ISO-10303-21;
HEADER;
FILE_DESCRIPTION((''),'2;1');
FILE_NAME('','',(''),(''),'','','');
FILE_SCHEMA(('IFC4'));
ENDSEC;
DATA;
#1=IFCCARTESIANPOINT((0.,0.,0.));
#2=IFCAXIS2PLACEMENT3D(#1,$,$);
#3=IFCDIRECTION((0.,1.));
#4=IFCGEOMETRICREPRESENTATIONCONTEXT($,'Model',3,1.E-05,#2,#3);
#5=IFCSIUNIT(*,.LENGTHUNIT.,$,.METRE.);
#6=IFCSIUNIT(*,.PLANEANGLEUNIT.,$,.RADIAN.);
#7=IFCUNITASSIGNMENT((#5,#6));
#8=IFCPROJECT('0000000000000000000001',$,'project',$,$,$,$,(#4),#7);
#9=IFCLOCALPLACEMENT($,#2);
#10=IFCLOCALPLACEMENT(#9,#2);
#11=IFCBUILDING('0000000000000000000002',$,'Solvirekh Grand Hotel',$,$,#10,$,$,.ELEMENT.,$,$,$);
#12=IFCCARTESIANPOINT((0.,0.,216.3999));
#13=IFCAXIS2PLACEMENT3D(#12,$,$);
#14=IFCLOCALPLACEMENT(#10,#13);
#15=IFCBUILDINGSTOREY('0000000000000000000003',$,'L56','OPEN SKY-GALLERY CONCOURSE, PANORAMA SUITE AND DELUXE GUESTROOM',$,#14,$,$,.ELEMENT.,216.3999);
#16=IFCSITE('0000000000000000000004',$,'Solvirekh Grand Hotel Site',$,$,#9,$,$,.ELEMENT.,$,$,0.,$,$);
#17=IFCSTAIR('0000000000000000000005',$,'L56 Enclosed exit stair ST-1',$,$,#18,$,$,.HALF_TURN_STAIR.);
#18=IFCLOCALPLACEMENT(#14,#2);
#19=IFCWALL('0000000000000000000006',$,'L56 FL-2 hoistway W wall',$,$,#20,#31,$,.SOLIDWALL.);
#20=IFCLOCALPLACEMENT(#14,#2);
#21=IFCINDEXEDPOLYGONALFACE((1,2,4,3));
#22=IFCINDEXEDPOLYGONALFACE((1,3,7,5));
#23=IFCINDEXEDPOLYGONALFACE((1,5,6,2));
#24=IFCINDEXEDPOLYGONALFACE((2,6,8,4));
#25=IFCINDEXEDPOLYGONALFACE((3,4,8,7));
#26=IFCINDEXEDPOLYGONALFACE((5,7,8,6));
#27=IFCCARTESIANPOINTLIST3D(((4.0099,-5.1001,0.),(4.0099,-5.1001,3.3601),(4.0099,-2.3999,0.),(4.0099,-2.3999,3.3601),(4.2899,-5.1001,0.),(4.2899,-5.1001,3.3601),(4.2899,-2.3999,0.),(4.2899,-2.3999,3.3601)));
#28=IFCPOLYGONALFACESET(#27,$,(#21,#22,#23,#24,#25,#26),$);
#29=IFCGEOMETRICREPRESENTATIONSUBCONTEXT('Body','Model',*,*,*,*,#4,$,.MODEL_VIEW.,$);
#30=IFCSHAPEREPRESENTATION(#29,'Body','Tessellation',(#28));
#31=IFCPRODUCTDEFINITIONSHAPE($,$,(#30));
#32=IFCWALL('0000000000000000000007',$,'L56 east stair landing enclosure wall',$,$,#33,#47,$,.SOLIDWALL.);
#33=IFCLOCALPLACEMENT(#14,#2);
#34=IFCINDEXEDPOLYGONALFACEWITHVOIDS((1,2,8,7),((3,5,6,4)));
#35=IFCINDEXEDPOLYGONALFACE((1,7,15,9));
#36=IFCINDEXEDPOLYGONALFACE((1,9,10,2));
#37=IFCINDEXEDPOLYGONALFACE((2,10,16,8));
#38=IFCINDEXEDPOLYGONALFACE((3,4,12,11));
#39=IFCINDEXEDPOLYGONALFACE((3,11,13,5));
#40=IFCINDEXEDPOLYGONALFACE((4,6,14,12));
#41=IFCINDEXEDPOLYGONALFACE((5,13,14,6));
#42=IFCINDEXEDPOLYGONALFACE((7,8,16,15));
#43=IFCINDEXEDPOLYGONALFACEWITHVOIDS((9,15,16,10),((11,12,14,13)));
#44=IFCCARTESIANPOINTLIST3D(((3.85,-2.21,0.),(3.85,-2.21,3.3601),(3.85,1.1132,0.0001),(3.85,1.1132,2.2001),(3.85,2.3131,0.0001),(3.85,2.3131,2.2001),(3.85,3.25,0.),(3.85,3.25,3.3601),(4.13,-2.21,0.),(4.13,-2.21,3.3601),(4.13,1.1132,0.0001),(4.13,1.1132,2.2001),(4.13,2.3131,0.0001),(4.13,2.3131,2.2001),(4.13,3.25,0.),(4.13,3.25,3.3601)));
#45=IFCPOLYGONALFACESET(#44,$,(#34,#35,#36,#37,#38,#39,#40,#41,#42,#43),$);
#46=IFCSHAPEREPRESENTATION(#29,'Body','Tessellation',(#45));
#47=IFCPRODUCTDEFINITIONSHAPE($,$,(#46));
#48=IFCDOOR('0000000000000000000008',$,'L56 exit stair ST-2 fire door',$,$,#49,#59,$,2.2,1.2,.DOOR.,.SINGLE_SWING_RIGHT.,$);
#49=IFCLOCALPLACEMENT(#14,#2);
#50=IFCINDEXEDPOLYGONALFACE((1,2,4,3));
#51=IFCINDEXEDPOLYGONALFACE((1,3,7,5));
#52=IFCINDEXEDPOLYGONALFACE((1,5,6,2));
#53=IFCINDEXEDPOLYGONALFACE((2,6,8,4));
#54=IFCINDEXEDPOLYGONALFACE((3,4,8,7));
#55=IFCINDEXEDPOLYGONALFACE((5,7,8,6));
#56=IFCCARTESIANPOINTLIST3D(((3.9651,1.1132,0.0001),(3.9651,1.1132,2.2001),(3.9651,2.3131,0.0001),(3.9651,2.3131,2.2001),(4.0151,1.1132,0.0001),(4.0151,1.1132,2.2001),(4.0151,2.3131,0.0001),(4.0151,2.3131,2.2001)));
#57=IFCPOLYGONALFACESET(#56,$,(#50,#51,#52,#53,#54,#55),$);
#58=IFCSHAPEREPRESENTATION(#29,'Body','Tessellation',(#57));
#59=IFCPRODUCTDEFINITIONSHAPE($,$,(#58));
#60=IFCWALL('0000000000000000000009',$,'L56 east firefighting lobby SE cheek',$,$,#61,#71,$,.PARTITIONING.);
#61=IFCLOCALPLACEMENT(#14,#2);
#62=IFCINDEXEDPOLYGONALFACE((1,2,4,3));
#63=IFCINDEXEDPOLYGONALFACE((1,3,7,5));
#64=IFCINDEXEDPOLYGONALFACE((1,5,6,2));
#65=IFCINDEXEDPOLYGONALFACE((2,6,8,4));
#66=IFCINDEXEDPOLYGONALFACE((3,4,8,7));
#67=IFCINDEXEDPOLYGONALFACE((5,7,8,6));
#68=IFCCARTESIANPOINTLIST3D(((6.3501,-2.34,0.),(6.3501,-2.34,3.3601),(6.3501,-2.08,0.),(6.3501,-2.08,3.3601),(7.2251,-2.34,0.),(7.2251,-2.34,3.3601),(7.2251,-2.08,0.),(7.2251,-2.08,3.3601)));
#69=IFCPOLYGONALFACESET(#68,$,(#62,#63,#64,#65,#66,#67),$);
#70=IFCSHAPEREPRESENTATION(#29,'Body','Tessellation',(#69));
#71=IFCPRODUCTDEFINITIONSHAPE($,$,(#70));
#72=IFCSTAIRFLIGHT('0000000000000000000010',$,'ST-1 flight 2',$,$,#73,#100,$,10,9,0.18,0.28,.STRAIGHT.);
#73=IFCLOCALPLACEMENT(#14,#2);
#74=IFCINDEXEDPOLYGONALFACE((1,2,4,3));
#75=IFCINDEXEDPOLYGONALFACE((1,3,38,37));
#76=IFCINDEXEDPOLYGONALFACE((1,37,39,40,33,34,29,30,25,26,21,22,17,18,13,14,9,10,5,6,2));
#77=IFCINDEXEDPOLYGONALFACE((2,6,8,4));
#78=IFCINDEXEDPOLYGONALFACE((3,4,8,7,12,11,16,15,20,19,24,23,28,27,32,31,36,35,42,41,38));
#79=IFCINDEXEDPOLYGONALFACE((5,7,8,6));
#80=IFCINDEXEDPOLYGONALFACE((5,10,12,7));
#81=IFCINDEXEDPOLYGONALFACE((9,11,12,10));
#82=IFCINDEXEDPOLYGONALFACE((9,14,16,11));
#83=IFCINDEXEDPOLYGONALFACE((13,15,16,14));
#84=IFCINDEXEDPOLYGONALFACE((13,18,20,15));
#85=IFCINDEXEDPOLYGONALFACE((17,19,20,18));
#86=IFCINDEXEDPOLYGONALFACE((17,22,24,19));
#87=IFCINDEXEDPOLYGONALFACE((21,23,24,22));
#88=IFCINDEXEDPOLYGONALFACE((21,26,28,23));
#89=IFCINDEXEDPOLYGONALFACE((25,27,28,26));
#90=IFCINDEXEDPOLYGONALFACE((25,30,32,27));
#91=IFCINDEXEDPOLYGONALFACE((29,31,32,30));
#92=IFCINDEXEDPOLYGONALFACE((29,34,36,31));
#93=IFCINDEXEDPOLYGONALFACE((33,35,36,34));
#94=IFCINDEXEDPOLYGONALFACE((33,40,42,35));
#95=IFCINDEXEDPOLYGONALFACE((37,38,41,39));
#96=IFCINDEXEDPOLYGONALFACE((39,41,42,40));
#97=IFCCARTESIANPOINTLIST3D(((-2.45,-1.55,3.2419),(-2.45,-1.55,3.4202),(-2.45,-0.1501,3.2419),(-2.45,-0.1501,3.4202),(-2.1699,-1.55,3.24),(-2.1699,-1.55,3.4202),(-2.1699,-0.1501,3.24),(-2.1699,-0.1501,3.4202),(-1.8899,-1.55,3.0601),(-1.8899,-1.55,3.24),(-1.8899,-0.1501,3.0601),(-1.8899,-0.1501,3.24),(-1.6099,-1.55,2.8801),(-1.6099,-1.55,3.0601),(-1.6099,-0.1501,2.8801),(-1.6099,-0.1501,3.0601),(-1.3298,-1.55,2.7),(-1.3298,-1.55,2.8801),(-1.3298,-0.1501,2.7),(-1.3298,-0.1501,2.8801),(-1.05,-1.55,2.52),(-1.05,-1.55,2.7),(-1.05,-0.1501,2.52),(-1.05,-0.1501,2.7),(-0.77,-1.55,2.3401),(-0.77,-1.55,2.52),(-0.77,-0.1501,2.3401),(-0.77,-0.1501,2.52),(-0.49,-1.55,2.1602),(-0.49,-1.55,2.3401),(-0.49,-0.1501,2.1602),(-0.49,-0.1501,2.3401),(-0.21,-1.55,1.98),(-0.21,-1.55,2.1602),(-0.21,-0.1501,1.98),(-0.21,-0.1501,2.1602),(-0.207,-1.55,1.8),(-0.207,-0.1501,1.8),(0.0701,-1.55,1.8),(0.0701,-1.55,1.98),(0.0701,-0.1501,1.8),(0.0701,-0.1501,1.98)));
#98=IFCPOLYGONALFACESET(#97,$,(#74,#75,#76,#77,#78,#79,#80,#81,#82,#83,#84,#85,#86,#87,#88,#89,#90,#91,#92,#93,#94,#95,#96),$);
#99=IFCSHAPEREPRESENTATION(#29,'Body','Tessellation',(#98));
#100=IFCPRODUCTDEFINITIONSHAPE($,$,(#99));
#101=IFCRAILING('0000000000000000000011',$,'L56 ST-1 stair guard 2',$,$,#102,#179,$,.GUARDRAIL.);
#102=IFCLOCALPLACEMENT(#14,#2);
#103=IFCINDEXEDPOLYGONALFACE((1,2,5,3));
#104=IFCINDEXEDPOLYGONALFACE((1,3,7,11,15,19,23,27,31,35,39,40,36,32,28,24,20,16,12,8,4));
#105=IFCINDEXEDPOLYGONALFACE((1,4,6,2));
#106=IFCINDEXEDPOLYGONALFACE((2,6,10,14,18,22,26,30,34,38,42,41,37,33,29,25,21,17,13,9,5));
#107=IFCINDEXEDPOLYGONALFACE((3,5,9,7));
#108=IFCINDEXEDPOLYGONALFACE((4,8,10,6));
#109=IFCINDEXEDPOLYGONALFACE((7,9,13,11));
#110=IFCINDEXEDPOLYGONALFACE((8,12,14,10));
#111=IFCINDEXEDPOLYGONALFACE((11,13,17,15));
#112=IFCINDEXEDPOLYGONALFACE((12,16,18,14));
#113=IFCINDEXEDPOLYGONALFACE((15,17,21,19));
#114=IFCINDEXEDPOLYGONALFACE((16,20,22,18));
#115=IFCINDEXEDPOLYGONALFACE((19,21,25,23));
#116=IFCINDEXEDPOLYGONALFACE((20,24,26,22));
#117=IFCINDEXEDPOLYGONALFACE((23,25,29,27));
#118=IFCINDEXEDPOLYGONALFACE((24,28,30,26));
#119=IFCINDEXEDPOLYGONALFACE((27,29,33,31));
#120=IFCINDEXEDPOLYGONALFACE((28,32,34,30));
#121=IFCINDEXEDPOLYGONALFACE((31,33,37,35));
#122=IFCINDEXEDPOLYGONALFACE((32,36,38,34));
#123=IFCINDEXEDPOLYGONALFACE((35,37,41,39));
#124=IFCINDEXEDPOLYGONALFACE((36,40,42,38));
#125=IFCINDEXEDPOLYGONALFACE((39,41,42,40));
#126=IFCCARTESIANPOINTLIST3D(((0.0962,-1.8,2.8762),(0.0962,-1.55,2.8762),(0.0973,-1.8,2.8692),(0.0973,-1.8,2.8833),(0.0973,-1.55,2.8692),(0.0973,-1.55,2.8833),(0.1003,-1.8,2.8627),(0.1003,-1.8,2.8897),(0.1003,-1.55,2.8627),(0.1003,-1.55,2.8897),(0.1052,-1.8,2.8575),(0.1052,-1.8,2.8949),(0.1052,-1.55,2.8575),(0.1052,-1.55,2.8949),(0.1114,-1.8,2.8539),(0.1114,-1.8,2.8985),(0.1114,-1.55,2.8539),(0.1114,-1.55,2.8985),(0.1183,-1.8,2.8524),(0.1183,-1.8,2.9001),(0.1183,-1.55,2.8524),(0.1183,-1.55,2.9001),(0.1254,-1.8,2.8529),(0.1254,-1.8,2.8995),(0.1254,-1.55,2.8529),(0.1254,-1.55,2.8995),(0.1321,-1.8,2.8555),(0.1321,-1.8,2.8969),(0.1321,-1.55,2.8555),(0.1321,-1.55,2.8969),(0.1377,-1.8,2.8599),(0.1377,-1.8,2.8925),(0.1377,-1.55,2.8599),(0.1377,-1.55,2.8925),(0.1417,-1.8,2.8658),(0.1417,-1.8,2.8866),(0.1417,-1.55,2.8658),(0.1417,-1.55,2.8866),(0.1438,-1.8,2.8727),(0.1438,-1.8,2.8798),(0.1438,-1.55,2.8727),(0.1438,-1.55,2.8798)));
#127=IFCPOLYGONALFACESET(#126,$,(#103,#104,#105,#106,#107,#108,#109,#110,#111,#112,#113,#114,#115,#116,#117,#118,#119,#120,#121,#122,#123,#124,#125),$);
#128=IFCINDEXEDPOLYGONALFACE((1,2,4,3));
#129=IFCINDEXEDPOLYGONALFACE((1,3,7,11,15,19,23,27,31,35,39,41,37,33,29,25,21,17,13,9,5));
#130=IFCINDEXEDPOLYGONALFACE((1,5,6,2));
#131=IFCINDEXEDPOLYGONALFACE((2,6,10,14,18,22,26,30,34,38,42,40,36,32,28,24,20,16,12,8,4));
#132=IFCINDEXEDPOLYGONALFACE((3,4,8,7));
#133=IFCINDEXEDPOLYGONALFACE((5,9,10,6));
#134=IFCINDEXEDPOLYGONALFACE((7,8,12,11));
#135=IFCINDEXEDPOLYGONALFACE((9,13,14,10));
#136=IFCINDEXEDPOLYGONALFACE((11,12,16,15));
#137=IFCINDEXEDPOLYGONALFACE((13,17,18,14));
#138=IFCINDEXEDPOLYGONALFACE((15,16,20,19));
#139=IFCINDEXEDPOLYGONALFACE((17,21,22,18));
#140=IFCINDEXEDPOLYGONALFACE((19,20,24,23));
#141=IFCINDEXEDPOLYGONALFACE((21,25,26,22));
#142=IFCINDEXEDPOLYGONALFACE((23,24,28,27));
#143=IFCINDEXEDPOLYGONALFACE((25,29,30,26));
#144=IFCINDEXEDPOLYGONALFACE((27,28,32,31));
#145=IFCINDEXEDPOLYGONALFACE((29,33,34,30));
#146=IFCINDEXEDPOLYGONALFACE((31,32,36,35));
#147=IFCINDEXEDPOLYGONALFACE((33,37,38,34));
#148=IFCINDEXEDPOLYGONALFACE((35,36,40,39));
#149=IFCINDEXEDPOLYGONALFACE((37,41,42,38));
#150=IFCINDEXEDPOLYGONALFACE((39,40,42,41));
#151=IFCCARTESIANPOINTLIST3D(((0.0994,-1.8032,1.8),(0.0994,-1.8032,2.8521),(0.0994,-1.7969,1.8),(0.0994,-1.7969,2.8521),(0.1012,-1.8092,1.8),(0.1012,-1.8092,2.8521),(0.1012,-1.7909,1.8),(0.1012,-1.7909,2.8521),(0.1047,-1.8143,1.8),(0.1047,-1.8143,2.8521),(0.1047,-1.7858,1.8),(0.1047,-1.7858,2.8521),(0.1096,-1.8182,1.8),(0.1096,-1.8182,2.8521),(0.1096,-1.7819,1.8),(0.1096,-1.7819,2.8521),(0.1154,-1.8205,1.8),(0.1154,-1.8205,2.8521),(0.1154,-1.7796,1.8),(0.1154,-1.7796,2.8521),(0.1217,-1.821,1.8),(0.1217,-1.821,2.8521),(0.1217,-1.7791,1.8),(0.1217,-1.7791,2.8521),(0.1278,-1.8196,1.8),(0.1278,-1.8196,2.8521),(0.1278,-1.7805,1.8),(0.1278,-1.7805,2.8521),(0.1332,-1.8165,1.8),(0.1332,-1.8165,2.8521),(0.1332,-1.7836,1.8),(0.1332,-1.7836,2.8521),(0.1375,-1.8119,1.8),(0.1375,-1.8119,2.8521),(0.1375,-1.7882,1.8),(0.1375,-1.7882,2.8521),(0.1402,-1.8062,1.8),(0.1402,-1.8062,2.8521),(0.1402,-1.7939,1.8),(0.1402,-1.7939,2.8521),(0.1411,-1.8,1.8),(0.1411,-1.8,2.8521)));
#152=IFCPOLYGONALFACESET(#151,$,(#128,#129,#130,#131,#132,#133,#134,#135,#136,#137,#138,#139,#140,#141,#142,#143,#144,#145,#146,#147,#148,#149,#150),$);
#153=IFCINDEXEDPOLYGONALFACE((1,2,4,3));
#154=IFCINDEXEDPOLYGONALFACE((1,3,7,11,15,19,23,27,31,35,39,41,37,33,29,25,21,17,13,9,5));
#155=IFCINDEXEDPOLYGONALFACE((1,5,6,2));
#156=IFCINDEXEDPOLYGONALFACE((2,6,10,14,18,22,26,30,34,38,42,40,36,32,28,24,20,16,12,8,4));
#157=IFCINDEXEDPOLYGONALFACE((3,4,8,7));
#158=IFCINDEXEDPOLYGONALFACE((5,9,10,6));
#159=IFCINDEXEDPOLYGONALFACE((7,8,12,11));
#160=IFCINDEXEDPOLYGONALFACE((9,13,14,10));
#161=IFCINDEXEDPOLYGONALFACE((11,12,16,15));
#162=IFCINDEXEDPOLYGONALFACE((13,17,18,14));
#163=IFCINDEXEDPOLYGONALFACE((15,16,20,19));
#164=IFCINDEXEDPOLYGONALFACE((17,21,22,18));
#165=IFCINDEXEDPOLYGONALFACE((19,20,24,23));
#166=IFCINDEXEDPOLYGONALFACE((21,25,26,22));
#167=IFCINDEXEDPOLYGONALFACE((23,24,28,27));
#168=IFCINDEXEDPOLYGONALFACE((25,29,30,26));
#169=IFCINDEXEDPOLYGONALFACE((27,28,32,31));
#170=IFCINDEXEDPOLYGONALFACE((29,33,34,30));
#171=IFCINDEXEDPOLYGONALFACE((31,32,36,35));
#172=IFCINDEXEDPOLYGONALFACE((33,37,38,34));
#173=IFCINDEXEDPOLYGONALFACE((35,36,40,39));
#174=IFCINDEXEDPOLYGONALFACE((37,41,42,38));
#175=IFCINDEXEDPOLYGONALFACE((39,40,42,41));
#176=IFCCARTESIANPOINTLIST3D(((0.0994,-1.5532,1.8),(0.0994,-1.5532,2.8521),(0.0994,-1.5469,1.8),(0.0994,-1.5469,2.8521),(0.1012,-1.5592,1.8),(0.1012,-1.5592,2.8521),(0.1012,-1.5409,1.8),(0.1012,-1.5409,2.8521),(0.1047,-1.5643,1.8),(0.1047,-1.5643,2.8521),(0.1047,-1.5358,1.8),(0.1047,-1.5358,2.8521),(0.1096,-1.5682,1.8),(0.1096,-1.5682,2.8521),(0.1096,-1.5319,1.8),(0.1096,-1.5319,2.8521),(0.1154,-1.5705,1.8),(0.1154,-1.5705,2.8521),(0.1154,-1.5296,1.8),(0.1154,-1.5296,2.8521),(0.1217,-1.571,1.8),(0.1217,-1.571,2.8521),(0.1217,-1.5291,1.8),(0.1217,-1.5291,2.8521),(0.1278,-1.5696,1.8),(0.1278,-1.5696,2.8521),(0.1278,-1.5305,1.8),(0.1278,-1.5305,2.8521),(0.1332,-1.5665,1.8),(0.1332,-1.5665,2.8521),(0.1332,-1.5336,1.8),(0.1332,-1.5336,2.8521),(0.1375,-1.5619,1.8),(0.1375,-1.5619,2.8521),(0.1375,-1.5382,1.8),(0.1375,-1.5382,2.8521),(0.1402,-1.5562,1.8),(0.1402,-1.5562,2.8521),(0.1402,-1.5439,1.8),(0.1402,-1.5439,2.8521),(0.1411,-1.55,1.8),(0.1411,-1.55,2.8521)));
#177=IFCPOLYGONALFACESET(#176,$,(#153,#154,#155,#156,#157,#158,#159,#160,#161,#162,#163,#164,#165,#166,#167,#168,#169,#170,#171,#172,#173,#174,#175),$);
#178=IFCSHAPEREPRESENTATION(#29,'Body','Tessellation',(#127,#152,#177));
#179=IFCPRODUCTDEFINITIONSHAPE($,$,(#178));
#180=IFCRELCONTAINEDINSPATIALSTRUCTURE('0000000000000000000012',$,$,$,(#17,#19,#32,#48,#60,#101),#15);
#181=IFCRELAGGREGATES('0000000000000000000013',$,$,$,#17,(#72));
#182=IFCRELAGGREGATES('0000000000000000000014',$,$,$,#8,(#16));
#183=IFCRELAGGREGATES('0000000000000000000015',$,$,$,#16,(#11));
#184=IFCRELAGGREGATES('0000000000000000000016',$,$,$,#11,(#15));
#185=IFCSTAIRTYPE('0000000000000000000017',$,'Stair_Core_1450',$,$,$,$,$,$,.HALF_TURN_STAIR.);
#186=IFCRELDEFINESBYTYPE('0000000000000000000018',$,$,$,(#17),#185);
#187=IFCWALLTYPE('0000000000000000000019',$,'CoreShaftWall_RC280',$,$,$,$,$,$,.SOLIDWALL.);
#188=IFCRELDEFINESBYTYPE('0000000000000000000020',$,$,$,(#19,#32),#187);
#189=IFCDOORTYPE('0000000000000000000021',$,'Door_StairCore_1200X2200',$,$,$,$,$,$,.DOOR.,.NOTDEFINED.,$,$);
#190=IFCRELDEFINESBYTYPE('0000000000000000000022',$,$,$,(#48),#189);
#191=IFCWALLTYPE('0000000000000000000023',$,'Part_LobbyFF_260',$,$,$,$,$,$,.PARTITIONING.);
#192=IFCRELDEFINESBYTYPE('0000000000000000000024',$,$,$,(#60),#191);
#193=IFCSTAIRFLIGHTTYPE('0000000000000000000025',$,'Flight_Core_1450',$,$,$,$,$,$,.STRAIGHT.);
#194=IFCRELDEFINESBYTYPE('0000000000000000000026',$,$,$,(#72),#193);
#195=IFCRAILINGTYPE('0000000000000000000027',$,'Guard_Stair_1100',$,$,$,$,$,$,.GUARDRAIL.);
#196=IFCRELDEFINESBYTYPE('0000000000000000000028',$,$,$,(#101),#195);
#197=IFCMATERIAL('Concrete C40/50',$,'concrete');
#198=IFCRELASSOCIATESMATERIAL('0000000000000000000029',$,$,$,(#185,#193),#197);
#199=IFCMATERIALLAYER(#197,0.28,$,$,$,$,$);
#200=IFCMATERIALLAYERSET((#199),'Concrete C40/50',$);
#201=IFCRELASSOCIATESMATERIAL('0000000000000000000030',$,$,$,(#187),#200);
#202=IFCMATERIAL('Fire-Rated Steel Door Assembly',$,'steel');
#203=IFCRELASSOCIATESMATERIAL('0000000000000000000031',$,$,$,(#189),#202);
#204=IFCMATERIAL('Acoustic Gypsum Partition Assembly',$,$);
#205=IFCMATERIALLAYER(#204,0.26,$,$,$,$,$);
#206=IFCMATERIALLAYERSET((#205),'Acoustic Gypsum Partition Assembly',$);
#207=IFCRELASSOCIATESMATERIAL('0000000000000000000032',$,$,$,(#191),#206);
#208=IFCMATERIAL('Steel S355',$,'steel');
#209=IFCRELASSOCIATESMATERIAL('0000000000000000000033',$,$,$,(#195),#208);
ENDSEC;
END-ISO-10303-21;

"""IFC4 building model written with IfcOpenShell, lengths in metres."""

from ifc_helpers import new_model, si_unit, direction, frame, frame_2d, origin, origin_2d, place, context, subcontext, project, spatial, polyline, rectangle, circle, outline, extrude, material, layer, layer_set, type_object, element, fill, aggregate, save


model = new_model("IFC4")

# Units and contexts
model_context = context("Model", 3, precision=1e-05, world=origin(), true_north=direction((0.0, 1.0)))
body_context = subcontext(model_context, "Body", "Model", "MODEL_VIEW")
ifc_project = project(units=[si_unit("LENGTHUNIT", "METRE"), si_unit("PLANEANGLEUNIT", "RADIAN")], contexts=[model_context])

# Site, building, storey
site_placement = place(None, origin())
site = spatial("IfcSite", under=ifc_project, at=site_placement, Name="Solvirekh Grand Hotel Site", CompositionType="ELEMENT", RefElevation=0.0)
building_placement = place(site_placement, origin())
building = spatial("IfcBuilding", under=site, at=building_placement, Name="Solvirekh Grand Hotel", CompositionType="ELEMENT")
storey_placement = place(building_placement, frame((0.0, 0.0, 216.3999)))
storey = spatial("IfcBuildingStorey", under=building, at=storey_placement, Name="L56", Description="OPEN SKY-GALLERY CONCOURSE, PANORAMA SUITE AND DELUXE GUESTROOM", CompositionType="ELEMENT", Elevation=216.3999)

# Stair
ifc_material_1 = material(Name="Concrete C40/50", Category="concrete")
stair_type = type_object("IfcStairType", Name="Stair_Core_1450", PredefinedType="HALF_TURN_STAIR", material=ifc_material_1)
stair_1_placement = place(storey_placement, origin())
stair_1 = element("IfcStair", 1, at=stair_1_placement, inside=storey, type_object=stair_type, Name="L56 Enclosed exit stair ST-1", PredefinedType="HALF_TURN_STAIR")

# Shared definitions
ifc_layer_1 = layer(ifc_material_1, 0.28)
ifc_layer_set_1 = layer_set([ifc_layer_1], Name="Concrete C40/50")
wall_type_1 = type_object("IfcWallType", Name="CoreShaftWall_RC280", PredefinedType="SOLIDWALL", material=ifc_layer_set_1)

# Shared definitions
ifc_material_2 = material(Name="Fire-Rated Steel Door Assembly", Category="steel")

# Wall
wall_1_placement = place(storey_placement, frame((4.1499, -2.3999, 0.0), z_axis=(0.0, 0.0, 1.0), x_axis=(0.0, -1.0, 0.0)))
element("IfcWall", 2, at=wall_1_placement, inside=storey, type_object=wall_type_1, Name="L56 FL-2 hoistway W wall", PredefinedType="SOLIDWALL", context=body_context, shape_type="SweptSolid", body=[
    extrude(rectangle(XDim=2.7002, YDim=0.28, at=frame_2d((1.3501, 0.0))), origin(), (0.0, 0.0, 1.0), 3.3601),
])

# Wall, opening, door
wall_2_placement = place(storey_placement, frame((3.99, -2.21, 0.0), z_axis=(0.0, 0.0, 1.0), x_axis=(0.0, 1.0, 0.0)))
wall_2 = element("IfcWall", 3, at=wall_2_placement, inside=storey, type_object=wall_type_1, Name="L56 east stair landing enclosure wall", PredefinedType="SOLIDWALL", context=body_context, shape_type="SweptSolid", body=[
    extrude(rectangle(XDim=5.46, YDim=0.28, at=frame_2d((2.73, 0.0))), origin(), (0.0, 0.0, 1.0), 3.3601),
])
opening_1_placement = place(wall_2_placement, frame((3.323, 0.0, 0.0)))
opening_1 = element("IfcOpeningElement", 4, at=opening_1_placement, cuts=wall_2, PredefinedType="OPENING", context=body_context, shape_type="SweptSolid", body=[
    extrude(rectangle(XDim=1.2, YDim=2.2, at=frame_2d((0.6001, 1.1001))), frame((0.0, 0.1499, 0.0), z_axis=(0.0, -1.0, 0.0), x_axis=(1.0, 0.0, 0.0)), (0.0, 0.0, 1.0), 0.3),
])
door_type_1 = type_object("IfcDoorType", Name="Door_StairCore_1200X2200", OperationType="NOTDEFINED", PredefinedType="DOOR", material=ifc_material_2)
door_1_placement = place(opening_1_placement, origin())
door_1 = element("IfcDoor", 5, at=door_1_placement, inside=storey, type_object=door_type_1, Name="L56 exit stair ST-2 fire door", OperationType="SINGLE_SWING_RIGHT", OverallHeight=2.2, OverallWidth=1.2, PredefinedType="DOOR", context=body_context, shape_type="SweptSolid", body=[
    extrude(rectangle(XDim=1.2, YDim=2.2, at=frame_2d((0.6001, 1.1001))), frame((0.0, 0.0249, 0.0), z_axis=(0.0, -1.0, 0.0), x_axis=(1.0, 0.0, 0.0)), (0.0, 0.0, 1.0), 0.05),
])
fill(opening_1, door_1)

# Wall
ifc_material_3 = material(Name="Acoustic Gypsum Partition Assembly")
ifc_layer_2 = layer(ifc_material_3, 0.26)
ifc_layer_set_2 = layer_set([ifc_layer_2], Name="Acoustic Gypsum Partition Assembly")
wall_type_2 = type_object("IfcWallType", Name="Part_LobbyFF_260", PredefinedType="PARTITIONING", material=ifc_layer_set_2)
wall_3_placement = place(storey_placement, frame((6.3501, -2.21, 0.0), z_axis=(0.0, 0.0, 1.0), x_axis=(1.0, 0.0, 0.0)))
element("IfcWall", 6, at=wall_3_placement, inside=storey, type_object=wall_type_2, Name="L56 east firefighting lobby SE cheek", PredefinedType="PARTITIONING", context=body_context, shape_type="SweptSolid", body=[
    extrude(rectangle(XDim=0.875, YDim=0.26, at=frame_2d((0.4375, 0.0))), origin(), (0.0, 0.0, 1.0), 3.3601),
])

# Stair flight
stair_flight_type = type_object("IfcStairFlightType", Name="Flight_Core_1450", PredefinedType="STRAIGHT", material=ifc_material_1)
stair_flight_placement = place(storey_placement, frame((0.0701, -0.8501, 1.8), z_axis=(0.0, 0.0, 1.0), x_axis=(-1.0, 0.0, 0.0)))
stair_flight = element("IfcStairFlight", 7, at=stair_flight_placement, type_object=stair_flight_type, Name="ST-1 flight 2", NumberOfRisers=10, NumberOfTreads=9, PredefinedType="STRAIGHT", RiserHeight=0.18, TreadLength=0.28, context=body_context, shape_type="SweptSolid", body=[
    extrude(outline(polyline([(0.0, 0.0), (0.0, 0.1799), (0.28, 0.1799), (0.28, 0.3601), (0.5601, 0.3601), (0.5601, 0.54), (0.8401, 0.54), (0.8401, 0.72), (1.1201, 0.72), (1.1201, 0.8999), (1.3999, 0.8999), (1.3999, 1.0801), (1.6799, 1.0801), (1.6799, 1.26), (1.96, 1.26), (1.96, 1.4399), (2.24, 1.4399), (2.24, 1.6201), (2.52, 1.6201), (2.52, 1.8), (2.52, 1.4419), (0.2771, 0.0), (0.0, 0.0)])), frame((0.0, 0.7, 0.0), z_axis=(0.0, -1.0, 0.0), x_axis=(1.0, 0.0, 0.0)), (0.0, 0.0, 1.0), 1.3999),
])
aggregate(stair_1, [stair_flight])

# Railing
ifc_material_4 = material(Name="Steel S355", Category="steel")
railing_type_1 = type_object("IfcRailingType", Name="Guard_Stair_1100", PredefinedType="GUARDRAIL", material=ifc_material_4)
railing_1_placement = place(storey_placement, frame((0.1201, -1.8, 1.8)))
element("IfcRailing", 8, at=railing_1_placement, inside=storey, type_object=railing_type_1, Name="L56 ST-1 stair guard 2", PredefinedType="GUARDRAIL", context=body_context, shape_type="SweptSolid", body=[
    extrude(circle(Radius=0.0239, at=origin_2d()), frame((0.0, 0.0, 1.0762), z_axis=(0.0, 1.0, 0.0), x_axis=(-1.0, 0.0, 0.0)), (0.0, 0.0, 1.0), 0.25),
    extrude(circle(Radius=0.021, at=origin_2d()), origin(), (0.0, 0.0, 1.0), 1.052),
    extrude(circle(Radius=0.021, at=origin_2d()), frame((0.0, 0.25, 0.0)), (0.0, 0.0, 1.0), 1.052),
])

save(model, "model.ifc")
